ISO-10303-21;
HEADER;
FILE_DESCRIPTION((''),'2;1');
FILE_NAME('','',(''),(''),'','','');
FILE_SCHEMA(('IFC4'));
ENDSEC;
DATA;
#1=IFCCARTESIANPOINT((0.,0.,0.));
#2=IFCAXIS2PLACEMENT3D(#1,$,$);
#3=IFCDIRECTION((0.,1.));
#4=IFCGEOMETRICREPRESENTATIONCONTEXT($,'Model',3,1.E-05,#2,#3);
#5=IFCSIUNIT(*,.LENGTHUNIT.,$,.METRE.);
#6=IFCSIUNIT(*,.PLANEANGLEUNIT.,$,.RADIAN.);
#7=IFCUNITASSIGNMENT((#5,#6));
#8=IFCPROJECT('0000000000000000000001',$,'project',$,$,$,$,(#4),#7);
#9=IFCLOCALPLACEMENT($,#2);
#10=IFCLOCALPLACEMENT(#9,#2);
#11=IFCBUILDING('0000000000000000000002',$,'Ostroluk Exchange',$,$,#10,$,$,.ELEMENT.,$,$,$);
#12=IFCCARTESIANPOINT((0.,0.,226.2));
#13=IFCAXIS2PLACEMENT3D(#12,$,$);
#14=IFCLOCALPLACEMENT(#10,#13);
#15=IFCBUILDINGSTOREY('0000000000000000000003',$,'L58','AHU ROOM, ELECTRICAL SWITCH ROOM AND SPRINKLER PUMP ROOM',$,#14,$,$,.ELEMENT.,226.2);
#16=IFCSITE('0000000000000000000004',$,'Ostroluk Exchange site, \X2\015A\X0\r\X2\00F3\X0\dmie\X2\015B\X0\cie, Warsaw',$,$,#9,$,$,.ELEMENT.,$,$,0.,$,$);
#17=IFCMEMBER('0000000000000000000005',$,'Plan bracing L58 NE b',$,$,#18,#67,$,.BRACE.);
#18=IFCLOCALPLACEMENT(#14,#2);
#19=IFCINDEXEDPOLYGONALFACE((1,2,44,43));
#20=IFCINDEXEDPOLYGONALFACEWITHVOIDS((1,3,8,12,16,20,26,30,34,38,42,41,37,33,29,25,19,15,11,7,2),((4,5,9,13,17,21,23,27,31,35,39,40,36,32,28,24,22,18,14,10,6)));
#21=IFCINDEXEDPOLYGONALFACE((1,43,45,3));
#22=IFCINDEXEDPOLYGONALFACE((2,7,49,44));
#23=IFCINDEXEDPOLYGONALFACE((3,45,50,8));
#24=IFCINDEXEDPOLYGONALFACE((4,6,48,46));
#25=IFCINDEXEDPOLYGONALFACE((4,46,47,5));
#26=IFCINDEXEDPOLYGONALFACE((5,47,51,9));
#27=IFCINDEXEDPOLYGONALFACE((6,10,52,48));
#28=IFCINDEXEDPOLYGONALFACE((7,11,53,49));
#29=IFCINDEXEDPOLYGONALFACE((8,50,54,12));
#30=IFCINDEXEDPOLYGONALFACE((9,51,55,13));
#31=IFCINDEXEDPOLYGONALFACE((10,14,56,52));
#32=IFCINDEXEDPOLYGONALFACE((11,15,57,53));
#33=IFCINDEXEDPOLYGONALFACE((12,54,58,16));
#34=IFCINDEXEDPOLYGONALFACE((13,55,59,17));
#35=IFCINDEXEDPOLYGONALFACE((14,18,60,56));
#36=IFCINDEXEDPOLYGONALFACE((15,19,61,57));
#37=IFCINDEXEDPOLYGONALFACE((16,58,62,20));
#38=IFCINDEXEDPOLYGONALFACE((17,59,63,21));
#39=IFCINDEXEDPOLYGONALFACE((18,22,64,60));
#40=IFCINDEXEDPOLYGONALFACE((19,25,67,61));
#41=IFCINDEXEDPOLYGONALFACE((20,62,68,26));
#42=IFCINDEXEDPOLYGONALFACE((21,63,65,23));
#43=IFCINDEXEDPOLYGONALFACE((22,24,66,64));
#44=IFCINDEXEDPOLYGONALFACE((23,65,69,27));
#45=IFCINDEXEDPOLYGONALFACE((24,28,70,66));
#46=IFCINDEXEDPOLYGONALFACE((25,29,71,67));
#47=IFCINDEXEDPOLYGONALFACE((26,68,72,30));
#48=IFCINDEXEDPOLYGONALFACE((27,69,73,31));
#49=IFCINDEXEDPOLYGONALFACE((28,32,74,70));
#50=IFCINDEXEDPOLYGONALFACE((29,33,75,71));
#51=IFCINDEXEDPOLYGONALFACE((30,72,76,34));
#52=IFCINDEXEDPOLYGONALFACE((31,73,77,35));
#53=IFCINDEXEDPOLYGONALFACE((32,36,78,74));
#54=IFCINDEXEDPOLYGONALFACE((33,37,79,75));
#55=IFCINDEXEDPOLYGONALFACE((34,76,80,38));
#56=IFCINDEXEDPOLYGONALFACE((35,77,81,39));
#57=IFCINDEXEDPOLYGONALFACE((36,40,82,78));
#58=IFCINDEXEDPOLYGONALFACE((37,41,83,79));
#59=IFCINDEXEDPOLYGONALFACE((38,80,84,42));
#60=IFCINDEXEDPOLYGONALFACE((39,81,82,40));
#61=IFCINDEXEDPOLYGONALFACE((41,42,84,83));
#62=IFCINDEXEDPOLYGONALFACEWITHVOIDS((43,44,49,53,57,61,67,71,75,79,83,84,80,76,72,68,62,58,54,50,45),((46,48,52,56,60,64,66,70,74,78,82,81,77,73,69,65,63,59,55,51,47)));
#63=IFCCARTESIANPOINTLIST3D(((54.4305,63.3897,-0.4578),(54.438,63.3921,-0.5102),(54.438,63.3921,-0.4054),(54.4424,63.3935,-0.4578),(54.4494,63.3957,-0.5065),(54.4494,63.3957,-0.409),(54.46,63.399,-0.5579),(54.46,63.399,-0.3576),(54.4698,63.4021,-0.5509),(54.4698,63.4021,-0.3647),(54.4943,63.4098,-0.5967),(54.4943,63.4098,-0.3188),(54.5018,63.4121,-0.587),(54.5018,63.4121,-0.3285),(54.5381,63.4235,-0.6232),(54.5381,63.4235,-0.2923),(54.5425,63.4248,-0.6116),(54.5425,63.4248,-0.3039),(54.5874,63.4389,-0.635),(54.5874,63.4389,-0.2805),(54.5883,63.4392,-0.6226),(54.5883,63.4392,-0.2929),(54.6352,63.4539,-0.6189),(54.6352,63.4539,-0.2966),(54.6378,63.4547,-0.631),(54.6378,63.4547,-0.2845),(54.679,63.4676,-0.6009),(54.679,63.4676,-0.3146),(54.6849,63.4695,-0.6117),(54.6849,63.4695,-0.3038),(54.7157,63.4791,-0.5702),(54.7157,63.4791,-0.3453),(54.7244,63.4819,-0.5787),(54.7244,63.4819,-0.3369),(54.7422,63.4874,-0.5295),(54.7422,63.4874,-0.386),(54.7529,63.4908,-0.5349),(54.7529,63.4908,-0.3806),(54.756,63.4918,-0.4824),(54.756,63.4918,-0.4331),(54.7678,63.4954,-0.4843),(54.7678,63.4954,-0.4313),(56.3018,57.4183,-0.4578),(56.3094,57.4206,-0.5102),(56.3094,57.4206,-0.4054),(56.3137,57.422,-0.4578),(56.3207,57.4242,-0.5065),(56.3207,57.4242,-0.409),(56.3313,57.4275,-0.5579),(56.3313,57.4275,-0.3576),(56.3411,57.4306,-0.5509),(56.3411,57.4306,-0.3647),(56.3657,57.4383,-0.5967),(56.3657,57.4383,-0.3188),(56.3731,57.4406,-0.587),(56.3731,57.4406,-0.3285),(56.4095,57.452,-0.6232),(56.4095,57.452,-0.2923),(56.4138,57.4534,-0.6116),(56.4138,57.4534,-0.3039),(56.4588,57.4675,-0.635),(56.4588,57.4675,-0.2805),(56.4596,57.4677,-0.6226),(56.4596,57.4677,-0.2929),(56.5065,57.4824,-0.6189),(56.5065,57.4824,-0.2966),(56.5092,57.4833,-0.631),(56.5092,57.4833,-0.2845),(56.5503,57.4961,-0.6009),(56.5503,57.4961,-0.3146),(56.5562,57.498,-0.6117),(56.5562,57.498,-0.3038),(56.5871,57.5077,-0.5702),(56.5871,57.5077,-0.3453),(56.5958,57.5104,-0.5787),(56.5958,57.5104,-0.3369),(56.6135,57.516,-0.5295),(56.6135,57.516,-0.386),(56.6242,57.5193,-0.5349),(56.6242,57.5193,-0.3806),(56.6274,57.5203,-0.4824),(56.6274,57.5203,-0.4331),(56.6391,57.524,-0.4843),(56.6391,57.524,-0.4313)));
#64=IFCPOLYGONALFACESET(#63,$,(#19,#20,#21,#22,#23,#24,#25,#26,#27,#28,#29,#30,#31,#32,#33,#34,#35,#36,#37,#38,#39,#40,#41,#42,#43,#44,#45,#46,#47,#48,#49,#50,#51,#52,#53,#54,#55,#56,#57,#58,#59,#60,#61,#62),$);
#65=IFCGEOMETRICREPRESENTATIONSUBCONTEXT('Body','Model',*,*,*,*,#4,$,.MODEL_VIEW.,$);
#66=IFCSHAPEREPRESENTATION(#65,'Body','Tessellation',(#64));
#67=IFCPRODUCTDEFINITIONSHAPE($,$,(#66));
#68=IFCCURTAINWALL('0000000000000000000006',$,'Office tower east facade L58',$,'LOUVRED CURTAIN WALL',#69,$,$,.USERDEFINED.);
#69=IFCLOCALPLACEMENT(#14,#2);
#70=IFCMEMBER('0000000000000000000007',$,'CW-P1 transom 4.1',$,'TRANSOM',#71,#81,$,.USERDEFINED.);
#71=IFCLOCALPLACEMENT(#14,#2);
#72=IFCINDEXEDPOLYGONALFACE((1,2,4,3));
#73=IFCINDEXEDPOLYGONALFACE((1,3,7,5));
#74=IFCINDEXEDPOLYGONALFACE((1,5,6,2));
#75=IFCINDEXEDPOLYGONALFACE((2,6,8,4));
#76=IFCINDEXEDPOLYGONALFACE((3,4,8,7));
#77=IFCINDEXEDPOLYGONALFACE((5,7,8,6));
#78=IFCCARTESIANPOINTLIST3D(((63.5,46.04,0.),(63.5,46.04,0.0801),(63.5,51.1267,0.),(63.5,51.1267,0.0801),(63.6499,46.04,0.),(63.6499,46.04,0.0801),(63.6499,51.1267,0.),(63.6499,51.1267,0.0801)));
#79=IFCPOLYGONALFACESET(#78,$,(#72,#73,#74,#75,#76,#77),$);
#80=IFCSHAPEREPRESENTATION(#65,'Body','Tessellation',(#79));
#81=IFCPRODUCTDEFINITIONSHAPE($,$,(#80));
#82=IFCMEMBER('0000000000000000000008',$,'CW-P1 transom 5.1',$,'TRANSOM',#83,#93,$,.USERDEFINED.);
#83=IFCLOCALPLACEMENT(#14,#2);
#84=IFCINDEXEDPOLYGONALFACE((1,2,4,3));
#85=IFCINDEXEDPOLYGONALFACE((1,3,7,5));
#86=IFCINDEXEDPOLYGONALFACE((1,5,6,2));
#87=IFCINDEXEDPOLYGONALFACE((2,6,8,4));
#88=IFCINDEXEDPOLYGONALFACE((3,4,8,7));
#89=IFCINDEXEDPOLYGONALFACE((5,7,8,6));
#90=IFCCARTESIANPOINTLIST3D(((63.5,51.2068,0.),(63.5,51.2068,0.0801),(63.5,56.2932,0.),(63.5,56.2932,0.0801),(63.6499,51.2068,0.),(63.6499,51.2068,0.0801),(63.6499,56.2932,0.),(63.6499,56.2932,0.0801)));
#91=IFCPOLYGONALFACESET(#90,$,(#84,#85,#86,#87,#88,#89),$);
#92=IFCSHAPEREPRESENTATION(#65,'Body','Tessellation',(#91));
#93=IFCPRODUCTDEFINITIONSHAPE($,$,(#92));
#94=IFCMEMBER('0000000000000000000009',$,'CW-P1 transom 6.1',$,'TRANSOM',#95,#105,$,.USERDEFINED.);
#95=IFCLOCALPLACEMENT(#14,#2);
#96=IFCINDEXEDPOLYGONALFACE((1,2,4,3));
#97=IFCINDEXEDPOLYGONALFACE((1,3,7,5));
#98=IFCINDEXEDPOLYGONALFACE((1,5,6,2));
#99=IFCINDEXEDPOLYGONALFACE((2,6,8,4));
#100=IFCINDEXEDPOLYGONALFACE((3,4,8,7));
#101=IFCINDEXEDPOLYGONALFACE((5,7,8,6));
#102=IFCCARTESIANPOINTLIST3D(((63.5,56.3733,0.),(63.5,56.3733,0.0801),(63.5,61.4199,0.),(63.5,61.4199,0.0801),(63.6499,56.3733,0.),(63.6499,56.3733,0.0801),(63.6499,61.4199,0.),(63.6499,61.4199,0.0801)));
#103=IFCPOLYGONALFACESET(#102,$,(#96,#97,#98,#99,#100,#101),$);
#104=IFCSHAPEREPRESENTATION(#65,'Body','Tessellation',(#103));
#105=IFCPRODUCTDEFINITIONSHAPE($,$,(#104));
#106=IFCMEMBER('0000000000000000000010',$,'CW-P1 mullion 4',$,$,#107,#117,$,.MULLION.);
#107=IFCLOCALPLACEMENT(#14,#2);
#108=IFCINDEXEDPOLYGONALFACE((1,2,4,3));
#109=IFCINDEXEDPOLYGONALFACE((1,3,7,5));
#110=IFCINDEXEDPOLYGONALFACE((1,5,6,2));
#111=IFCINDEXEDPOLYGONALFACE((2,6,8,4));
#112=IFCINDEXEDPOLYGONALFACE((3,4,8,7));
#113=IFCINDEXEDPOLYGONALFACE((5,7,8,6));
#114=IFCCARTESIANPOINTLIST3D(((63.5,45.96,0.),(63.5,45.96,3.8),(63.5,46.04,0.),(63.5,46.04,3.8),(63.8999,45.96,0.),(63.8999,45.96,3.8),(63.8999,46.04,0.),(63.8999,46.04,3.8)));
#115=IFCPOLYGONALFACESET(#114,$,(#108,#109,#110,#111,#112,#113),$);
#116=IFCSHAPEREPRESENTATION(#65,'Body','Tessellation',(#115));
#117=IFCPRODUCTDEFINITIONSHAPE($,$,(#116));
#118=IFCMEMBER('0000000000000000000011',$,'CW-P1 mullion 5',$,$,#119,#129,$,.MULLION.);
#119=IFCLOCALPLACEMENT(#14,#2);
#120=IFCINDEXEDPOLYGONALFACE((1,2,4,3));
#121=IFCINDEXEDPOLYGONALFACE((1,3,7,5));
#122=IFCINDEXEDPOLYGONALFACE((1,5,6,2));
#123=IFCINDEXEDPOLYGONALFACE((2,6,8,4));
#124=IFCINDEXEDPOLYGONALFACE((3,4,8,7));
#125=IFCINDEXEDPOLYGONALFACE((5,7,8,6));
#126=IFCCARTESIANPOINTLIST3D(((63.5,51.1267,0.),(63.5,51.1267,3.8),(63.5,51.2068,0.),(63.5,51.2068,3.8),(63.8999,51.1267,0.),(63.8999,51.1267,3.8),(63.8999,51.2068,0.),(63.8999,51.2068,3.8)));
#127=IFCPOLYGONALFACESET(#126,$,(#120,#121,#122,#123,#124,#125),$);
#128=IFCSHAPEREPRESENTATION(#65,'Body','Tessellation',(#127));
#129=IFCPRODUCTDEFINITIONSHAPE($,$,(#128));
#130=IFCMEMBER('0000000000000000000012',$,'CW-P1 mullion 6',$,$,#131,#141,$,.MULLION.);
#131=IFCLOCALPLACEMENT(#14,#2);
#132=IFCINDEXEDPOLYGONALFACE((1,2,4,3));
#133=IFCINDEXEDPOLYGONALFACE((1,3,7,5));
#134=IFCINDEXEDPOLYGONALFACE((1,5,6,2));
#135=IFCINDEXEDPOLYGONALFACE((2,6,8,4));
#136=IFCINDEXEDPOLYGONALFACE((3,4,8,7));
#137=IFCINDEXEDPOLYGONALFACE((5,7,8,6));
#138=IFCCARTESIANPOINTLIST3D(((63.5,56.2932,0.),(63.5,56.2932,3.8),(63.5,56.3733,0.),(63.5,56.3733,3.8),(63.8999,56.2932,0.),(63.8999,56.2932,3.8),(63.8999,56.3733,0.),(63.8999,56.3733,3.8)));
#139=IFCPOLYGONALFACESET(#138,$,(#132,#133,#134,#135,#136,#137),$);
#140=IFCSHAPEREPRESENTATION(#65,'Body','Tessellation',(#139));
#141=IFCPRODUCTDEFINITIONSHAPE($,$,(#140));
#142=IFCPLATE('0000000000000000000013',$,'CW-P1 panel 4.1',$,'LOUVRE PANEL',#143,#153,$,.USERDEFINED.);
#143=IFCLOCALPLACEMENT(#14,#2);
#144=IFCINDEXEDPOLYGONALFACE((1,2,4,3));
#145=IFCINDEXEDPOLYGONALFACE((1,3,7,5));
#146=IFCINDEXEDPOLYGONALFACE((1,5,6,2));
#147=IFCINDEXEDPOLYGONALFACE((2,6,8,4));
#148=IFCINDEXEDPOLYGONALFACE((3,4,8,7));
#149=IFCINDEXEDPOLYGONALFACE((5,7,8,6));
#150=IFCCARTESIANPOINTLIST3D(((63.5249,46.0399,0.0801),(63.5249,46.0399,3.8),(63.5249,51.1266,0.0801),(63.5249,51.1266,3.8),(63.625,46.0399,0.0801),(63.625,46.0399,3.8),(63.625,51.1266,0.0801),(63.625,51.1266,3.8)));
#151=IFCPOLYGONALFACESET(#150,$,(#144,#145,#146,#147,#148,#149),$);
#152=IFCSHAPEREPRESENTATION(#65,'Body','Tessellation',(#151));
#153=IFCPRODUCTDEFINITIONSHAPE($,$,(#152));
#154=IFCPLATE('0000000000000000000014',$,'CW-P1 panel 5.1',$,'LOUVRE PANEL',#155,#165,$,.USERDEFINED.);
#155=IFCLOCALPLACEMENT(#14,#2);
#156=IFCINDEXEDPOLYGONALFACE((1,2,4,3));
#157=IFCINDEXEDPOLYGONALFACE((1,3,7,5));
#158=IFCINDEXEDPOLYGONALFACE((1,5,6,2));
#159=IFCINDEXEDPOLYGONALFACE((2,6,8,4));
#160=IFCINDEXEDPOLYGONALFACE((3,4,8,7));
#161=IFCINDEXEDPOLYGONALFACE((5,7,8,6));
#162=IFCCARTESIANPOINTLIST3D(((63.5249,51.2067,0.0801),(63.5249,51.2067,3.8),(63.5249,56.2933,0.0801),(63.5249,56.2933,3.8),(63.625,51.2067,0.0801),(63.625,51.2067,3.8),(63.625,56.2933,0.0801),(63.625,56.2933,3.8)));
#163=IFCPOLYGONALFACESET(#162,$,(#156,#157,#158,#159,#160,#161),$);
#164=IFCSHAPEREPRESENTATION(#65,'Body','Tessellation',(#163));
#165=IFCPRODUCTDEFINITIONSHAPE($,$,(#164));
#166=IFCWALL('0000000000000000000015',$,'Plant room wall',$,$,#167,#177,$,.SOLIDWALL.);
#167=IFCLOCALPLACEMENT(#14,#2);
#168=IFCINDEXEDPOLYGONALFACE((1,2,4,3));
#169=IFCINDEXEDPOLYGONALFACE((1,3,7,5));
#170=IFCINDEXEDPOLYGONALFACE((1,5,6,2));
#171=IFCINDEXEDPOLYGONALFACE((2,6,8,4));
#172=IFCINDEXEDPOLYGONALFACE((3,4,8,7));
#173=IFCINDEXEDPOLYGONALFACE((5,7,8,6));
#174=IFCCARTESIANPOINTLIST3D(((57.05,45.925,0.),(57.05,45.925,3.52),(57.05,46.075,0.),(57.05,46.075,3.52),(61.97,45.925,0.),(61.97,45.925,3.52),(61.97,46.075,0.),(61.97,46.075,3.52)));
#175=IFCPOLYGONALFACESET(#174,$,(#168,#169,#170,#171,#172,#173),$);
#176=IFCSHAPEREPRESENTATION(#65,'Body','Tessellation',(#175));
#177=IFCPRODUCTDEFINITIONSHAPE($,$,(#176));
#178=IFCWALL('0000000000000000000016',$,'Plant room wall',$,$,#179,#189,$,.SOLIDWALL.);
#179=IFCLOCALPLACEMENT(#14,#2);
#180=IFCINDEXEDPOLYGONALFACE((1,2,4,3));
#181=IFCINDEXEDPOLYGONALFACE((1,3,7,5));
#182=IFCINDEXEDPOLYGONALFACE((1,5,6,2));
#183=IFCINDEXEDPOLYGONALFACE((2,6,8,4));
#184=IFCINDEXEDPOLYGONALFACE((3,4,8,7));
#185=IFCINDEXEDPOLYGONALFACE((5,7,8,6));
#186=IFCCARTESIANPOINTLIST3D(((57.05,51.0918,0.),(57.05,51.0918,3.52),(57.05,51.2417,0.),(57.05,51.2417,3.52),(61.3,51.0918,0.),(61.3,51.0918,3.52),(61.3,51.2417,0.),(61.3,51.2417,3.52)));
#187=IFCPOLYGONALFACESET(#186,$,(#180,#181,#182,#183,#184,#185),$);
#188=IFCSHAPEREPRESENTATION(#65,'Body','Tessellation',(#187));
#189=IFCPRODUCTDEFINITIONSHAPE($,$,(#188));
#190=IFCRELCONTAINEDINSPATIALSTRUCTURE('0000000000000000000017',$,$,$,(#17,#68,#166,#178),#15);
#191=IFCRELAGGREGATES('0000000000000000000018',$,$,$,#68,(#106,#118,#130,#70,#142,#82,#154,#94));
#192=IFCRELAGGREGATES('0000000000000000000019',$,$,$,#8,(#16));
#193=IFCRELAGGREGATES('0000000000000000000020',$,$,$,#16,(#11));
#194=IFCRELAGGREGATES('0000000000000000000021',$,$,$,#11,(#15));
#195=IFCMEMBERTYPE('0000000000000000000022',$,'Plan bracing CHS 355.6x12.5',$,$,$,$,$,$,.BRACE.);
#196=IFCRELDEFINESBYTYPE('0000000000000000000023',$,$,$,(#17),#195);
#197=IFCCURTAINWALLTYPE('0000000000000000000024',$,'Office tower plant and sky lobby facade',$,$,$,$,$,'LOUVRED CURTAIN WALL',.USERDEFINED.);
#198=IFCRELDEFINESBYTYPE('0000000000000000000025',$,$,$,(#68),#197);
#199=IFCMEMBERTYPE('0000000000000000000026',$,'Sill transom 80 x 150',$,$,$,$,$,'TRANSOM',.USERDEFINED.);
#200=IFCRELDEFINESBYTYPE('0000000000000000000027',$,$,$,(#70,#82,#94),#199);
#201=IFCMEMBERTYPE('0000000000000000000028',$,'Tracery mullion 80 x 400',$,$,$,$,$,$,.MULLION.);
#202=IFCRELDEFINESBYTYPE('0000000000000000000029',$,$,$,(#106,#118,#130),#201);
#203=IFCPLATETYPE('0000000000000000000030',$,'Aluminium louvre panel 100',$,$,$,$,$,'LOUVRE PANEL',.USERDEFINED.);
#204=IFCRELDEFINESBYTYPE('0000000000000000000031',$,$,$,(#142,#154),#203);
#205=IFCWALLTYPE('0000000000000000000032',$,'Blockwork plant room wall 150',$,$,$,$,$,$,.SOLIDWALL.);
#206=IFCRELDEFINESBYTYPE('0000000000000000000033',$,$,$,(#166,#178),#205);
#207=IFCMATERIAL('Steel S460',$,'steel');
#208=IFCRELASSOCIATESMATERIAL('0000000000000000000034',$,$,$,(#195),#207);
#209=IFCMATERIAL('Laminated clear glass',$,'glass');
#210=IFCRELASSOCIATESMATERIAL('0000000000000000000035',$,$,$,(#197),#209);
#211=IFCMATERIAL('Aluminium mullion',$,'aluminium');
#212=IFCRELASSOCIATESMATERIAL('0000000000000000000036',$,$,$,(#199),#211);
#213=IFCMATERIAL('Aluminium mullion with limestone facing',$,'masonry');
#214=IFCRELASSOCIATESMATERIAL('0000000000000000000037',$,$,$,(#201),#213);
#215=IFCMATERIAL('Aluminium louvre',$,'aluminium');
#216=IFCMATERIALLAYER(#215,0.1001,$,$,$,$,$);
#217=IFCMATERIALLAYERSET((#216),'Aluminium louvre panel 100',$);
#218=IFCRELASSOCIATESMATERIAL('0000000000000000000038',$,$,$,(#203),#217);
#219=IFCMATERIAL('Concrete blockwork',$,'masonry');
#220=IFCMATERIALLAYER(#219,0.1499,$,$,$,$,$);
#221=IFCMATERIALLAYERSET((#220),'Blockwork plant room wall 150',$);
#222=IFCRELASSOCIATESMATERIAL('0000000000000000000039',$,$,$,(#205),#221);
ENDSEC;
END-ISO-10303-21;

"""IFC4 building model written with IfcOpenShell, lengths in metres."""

from ifc_helpers import new_model, si_unit, direction, frame, frame_2d, origin, origin_2d, place, context, subcontext, project, spatial, rectangle, hollow_circle, extrude, material, layer, layer_set, material_profile, profile_set, type_object, element, aggregate, save


model = new_model("IFC4")

# Units and contexts
model_context = context("Model", 3, precision=1e-05, world=origin(), true_north=direction((0.0, 1.0)))
body_context = subcontext(model_context, "Body", "Model", "MODEL_VIEW")
ifc_project = project(units=[si_unit("LENGTHUNIT", "METRE"), si_unit("PLANEANGLEUNIT", "RADIAN")], contexts=[model_context])

# Site, building, storey
site_placement = place(None, origin())
site = spatial("IfcSite", under=ifc_project, at=site_placement, Name="Ostroluk Exchange site, Śródmieście, Warsaw", CompositionType="ELEMENT", RefElevation=0.0)
building_placement = place(site_placement, origin())
building = spatial("IfcBuilding", under=site, at=building_placement, Name="Ostroluk Exchange", CompositionType="ELEMENT")
storey_placement = place(building_placement, frame((0.0, 0.0, 226.2)))
storey = spatial("IfcBuildingStorey", under=building, at=storey_placement, Name="L58", Description="AHU ROOM, ELECTRICAL SWITCH ROOM AND SPRINKLER PUMP ROOM", CompositionType="ELEMENT", Elevation=226.2)

# Member
ifc_material_1 = material(Name="Steel S460", Category="steel")
ifc_material_profile_1 = material_profile(ifc_material_1, hollow_circle(Radius=0.1777, WallThickness=0.0125, at=origin_2d()), Name="CHS 355.6x12.5")
ifc_profile_set_1 = profile_set([ifc_material_profile_1], Name="Steel S460")
member_type_1 = type_object("IfcMemberType", Name="Plan bracing CHS 355.6x12.5", PredefinedType="BRACE", material=ifc_profile_set_1)
for number, where, z_axis, x_axis, name in (
    (1, (56.4714, 57.4714, -0.4578), (-0.299041, 0.95424, 0.0), (-0.95424, -0.299041, 0.0), "Plan bracing L58 NE b"),
):
    element("IfcMember", number, at=place(storey_placement, frame(where, z_axis=z_axis, x_axis=x_axis)), inside=storey, type_object=member_type_1, Name=name, PredefinedType="BRACE", context=body_context, shape_type="SweptSolid", body=[
        extrude(hollow_circle(Radius=0.1777, WallThickness=0.0125, at=origin_2d()), origin(), (0.0, 0.0, 1.0), 6.2578),
    ])

# Curtain wall, members, plates
ifc_material_2 = material(Name="Laminated clear glass", Category="glass")
curtain_wall_type = type_object("IfcCurtainWallType", Name="Office tower plant and sky lobby facade", ElementType="LOUVRED CURTAIN WALL", PredefinedType="USERDEFINED", material=ifc_material_2)
curtain_wall_placement = place(storey_placement, origin())
curtain_wall = element("IfcCurtainWall", 2, at=curtain_wall_placement, inside=storey, type_object=curtain_wall_type, Name="Office tower east facade L58", ObjectType="LOUVRED CURTAIN WALL", PredefinedType="USERDEFINED")
ifc_material_3 = material(Name="Aluminium mullion", Category="aluminium")
ifc_material_profile_2 = material_profile(ifc_material_3, rectangle(XDim=0.1499, YDim=0.0801, at=origin_2d()), Name="Sill transom 80 x 150")
ifc_profile_set_2 = profile_set([ifc_material_profile_2], Name="Aluminium mullion")
member_type_2 = type_object("IfcMemberType", Name="Sill transom 80 x 150", ElementType="TRANSOM", PredefinedType="USERDEFINED", material=ifc_profile_set_2)
member_1_placement = place(storey_placement, frame((63.575, 46.04, 0.04), z_axis=(0.0, 1.0, 0.0), x_axis=(-1.0, 0.0, 0.0)))
member_1 = element("IfcMember", 3, at=member_1_placement, type_object=member_type_2, Name="CW-P1 transom 4.1", ObjectType="TRANSOM", PredefinedType="USERDEFINED", context=body_context, shape_type="SweptSolid", body=[
    extrude(rectangle(XDim=0.1499, YDim=0.0801, at=origin_2d()), origin(), (0.0, 0.0, 1.0), 5.0867),
])
member_2_placement = place(storey_placement, frame((63.575, 51.2068, 0.04), z_axis=(0.0, 1.0, 0.0), x_axis=(-1.0, 0.0, 0.0)))
member_2 = element("IfcMember", 4, at=member_2_placement, type_object=member_type_2, Name="CW-P1 transom 5.1", ObjectType="TRANSOM", PredefinedType="USERDEFINED", context=body_context, shape_type="SweptSolid", body=[
    extrude(rectangle(XDim=0.1499, YDim=0.0801, at=origin_2d()), origin(), (0.0, 0.0, 1.0), 5.0864),
])
member_3_placement = place(storey_placement, frame((63.575, 56.3733, 0.04), z_axis=(0.0, 1.0, 0.0), x_axis=(-1.0, 0.0, 0.0)))
member_3 = element("IfcMember", 5, at=member_3_placement, type_object=member_type_2, Name="CW-P1 transom 6.1", ObjectType="TRANSOM", PredefinedType="USERDEFINED", context=body_context, shape_type="SweptSolid", body=[
    extrude(rectangle(XDim=0.1499, YDim=0.0801, at=origin_2d()), origin(), (0.0, 0.0, 1.0), 5.0466),
])
ifc_material_4 = material(Name="Aluminium mullion with limestone facing", Category="masonry")
ifc_material_profile_3 = material_profile(ifc_material_4, rectangle(XDim=0.3999, YDim=0.0801, at=origin_2d()), Name="Tracery mullion 80 x 400")
ifc_profile_set_3 = profile_set([ifc_material_profile_3], Name="Aluminium mullion with limestone facing")
member_type_3 = type_object("IfcMemberType", Name="Tracery mullion 80 x 400", PredefinedType="MULLION", material=ifc_profile_set_3)
member_4_placement = place(storey_placement, frame((63.7, 46.0, 0.0), z_axis=(0.0, 0.0, 1.0), x_axis=(-1.0, 0.0, 0.0)))
member_4 = element("IfcMember", 6, at=member_4_placement, type_object=member_type_3, Name="CW-P1 mullion 4", PredefinedType="MULLION", context=body_context, shape_type="SweptSolid", body=[
    extrude(rectangle(XDim=0.3999, YDim=0.0801, at=origin_2d()), origin(), (0.0, 0.0, 1.0), 3.8),
])
member_5_placement = place(storey_placement, frame((63.7, 51.1667, 0.0), z_axis=(0.0, 0.0, 1.0), x_axis=(-1.0, 0.0, 0.0)))
member_5 = element("IfcMember", 7, at=member_5_placement, type_object=member_type_3, Name="CW-P1 mullion 5", PredefinedType="MULLION", context=body_context, shape_type="SweptSolid", body=[
    extrude(rectangle(XDim=0.3999, YDim=0.0801, at=origin_2d()), origin(), (0.0, 0.0, 1.0), 3.8),
])
member_6_placement = place(storey_placement, frame((63.7, 56.3333, 0.0), z_axis=(0.0, 0.0, 1.0), x_axis=(-1.0, 0.0, 0.0)))
member_6 = element("IfcMember", 8, at=member_6_placement, type_object=member_type_3, Name="CW-P1 mullion 6", PredefinedType="MULLION", context=body_context, shape_type="SweptSolid", body=[
    extrude(rectangle(XDim=0.3999, YDim=0.0801, at=origin_2d()), origin(), (0.0, 0.0, 1.0), 3.8),
])
ifc_material_5 = material(Name="Aluminium louvre", Category="aluminium")
ifc_layer_1 = layer(ifc_material_5, 0.1001)
ifc_layer_set_1 = layer_set([ifc_layer_1], Name="Aluminium louvre panel 100")
plate_type = type_object("IfcPlateType", Name="Aluminium louvre panel 100", ElementType="LOUVRE PANEL", PredefinedType="USERDEFINED", material=ifc_layer_set_1)
plate_1_placement = place(storey_placement, frame((63.575, 48.5833, 0.0801), z_axis=(0.0, 0.0, 1.0), x_axis=(0.0, 1.0, 0.0)))
plate_1 = element("IfcPlate", 9, at=plate_1_placement, type_object=plate_type, Name="CW-P1 panel 4.1", ObjectType="LOUVRE PANEL", PredefinedType="USERDEFINED", context=body_context, shape_type="SweptSolid", body=[
    extrude(rectangle(XDim=5.0867, YDim=0.1001, at=origin_2d()), origin(), (0.0, 0.0, 1.0), 3.72),
])
plate_2_placement = place(storey_placement, frame((63.575, 53.75, 0.0801), z_axis=(0.0, 0.0, 1.0), x_axis=(0.0, 1.0, 0.0)))
plate_2 = element("IfcPlate", 10, at=plate_2_placement, type_object=plate_type, Name="CW-P1 panel 5.1", ObjectType="LOUVRE PANEL", PredefinedType="USERDEFINED", context=body_context, shape_type="SweptSolid", body=[
    extrude(rectangle(XDim=5.0867, YDim=0.1001, at=origin_2d()), origin(), (0.0, 0.0, 1.0), 3.72),
])
aggregate(curtain_wall, [member_4, member_5, member_6, member_1, plate_1, member_2, plate_2, member_3])

# Walls
ifc_material_6 = material(Name="Concrete blockwork", Category="masonry")
ifc_layer_2 = layer(ifc_material_6, 0.1499)
ifc_layer_set_2 = layer_set([ifc_layer_2], Name="Blockwork plant room wall 150")
wall_type = type_object("IfcWallType", Name="Blockwork plant room wall 150", PredefinedType="SOLIDWALL", material=ifc_layer_set_2)
wall_1_placement = place(storey_placement, frame((57.05, 46.0, 0.0), z_axis=(0.0, 0.0, 1.0), x_axis=(1.0, 0.0, 0.0)))
element("IfcWall", 11, at=wall_1_placement, inside=storey, type_object=wall_type, Name="Plant room wall", PredefinedType="SOLIDWALL", context=body_context, shape_type="SweptSolid", body=[
    extrude(rectangle(XDim=4.9199, YDim=0.1499, at=frame_2d((2.46, 0.0))), origin(), (0.0, 0.0, 1.0), 3.52),
])
wall_2_placement = place(storey_placement, frame((57.05, 51.1667, 0.0), z_axis=(0.0, 0.0, 1.0), x_axis=(1.0, 0.0, 0.0)))
element("IfcWall", 12, at=wall_2_placement, inside=storey, type_object=wall_type, Name="Plant room wall", PredefinedType="SOLIDWALL", context=body_context, shape_type="SweptSolid", body=[
    extrude(rectangle(XDim=4.25, YDim=0.1499, at=frame_2d((2.125, 0.0))), origin(), (0.0, 0.0, 1.0), 3.52),
])

save(model, "model.ifc")
